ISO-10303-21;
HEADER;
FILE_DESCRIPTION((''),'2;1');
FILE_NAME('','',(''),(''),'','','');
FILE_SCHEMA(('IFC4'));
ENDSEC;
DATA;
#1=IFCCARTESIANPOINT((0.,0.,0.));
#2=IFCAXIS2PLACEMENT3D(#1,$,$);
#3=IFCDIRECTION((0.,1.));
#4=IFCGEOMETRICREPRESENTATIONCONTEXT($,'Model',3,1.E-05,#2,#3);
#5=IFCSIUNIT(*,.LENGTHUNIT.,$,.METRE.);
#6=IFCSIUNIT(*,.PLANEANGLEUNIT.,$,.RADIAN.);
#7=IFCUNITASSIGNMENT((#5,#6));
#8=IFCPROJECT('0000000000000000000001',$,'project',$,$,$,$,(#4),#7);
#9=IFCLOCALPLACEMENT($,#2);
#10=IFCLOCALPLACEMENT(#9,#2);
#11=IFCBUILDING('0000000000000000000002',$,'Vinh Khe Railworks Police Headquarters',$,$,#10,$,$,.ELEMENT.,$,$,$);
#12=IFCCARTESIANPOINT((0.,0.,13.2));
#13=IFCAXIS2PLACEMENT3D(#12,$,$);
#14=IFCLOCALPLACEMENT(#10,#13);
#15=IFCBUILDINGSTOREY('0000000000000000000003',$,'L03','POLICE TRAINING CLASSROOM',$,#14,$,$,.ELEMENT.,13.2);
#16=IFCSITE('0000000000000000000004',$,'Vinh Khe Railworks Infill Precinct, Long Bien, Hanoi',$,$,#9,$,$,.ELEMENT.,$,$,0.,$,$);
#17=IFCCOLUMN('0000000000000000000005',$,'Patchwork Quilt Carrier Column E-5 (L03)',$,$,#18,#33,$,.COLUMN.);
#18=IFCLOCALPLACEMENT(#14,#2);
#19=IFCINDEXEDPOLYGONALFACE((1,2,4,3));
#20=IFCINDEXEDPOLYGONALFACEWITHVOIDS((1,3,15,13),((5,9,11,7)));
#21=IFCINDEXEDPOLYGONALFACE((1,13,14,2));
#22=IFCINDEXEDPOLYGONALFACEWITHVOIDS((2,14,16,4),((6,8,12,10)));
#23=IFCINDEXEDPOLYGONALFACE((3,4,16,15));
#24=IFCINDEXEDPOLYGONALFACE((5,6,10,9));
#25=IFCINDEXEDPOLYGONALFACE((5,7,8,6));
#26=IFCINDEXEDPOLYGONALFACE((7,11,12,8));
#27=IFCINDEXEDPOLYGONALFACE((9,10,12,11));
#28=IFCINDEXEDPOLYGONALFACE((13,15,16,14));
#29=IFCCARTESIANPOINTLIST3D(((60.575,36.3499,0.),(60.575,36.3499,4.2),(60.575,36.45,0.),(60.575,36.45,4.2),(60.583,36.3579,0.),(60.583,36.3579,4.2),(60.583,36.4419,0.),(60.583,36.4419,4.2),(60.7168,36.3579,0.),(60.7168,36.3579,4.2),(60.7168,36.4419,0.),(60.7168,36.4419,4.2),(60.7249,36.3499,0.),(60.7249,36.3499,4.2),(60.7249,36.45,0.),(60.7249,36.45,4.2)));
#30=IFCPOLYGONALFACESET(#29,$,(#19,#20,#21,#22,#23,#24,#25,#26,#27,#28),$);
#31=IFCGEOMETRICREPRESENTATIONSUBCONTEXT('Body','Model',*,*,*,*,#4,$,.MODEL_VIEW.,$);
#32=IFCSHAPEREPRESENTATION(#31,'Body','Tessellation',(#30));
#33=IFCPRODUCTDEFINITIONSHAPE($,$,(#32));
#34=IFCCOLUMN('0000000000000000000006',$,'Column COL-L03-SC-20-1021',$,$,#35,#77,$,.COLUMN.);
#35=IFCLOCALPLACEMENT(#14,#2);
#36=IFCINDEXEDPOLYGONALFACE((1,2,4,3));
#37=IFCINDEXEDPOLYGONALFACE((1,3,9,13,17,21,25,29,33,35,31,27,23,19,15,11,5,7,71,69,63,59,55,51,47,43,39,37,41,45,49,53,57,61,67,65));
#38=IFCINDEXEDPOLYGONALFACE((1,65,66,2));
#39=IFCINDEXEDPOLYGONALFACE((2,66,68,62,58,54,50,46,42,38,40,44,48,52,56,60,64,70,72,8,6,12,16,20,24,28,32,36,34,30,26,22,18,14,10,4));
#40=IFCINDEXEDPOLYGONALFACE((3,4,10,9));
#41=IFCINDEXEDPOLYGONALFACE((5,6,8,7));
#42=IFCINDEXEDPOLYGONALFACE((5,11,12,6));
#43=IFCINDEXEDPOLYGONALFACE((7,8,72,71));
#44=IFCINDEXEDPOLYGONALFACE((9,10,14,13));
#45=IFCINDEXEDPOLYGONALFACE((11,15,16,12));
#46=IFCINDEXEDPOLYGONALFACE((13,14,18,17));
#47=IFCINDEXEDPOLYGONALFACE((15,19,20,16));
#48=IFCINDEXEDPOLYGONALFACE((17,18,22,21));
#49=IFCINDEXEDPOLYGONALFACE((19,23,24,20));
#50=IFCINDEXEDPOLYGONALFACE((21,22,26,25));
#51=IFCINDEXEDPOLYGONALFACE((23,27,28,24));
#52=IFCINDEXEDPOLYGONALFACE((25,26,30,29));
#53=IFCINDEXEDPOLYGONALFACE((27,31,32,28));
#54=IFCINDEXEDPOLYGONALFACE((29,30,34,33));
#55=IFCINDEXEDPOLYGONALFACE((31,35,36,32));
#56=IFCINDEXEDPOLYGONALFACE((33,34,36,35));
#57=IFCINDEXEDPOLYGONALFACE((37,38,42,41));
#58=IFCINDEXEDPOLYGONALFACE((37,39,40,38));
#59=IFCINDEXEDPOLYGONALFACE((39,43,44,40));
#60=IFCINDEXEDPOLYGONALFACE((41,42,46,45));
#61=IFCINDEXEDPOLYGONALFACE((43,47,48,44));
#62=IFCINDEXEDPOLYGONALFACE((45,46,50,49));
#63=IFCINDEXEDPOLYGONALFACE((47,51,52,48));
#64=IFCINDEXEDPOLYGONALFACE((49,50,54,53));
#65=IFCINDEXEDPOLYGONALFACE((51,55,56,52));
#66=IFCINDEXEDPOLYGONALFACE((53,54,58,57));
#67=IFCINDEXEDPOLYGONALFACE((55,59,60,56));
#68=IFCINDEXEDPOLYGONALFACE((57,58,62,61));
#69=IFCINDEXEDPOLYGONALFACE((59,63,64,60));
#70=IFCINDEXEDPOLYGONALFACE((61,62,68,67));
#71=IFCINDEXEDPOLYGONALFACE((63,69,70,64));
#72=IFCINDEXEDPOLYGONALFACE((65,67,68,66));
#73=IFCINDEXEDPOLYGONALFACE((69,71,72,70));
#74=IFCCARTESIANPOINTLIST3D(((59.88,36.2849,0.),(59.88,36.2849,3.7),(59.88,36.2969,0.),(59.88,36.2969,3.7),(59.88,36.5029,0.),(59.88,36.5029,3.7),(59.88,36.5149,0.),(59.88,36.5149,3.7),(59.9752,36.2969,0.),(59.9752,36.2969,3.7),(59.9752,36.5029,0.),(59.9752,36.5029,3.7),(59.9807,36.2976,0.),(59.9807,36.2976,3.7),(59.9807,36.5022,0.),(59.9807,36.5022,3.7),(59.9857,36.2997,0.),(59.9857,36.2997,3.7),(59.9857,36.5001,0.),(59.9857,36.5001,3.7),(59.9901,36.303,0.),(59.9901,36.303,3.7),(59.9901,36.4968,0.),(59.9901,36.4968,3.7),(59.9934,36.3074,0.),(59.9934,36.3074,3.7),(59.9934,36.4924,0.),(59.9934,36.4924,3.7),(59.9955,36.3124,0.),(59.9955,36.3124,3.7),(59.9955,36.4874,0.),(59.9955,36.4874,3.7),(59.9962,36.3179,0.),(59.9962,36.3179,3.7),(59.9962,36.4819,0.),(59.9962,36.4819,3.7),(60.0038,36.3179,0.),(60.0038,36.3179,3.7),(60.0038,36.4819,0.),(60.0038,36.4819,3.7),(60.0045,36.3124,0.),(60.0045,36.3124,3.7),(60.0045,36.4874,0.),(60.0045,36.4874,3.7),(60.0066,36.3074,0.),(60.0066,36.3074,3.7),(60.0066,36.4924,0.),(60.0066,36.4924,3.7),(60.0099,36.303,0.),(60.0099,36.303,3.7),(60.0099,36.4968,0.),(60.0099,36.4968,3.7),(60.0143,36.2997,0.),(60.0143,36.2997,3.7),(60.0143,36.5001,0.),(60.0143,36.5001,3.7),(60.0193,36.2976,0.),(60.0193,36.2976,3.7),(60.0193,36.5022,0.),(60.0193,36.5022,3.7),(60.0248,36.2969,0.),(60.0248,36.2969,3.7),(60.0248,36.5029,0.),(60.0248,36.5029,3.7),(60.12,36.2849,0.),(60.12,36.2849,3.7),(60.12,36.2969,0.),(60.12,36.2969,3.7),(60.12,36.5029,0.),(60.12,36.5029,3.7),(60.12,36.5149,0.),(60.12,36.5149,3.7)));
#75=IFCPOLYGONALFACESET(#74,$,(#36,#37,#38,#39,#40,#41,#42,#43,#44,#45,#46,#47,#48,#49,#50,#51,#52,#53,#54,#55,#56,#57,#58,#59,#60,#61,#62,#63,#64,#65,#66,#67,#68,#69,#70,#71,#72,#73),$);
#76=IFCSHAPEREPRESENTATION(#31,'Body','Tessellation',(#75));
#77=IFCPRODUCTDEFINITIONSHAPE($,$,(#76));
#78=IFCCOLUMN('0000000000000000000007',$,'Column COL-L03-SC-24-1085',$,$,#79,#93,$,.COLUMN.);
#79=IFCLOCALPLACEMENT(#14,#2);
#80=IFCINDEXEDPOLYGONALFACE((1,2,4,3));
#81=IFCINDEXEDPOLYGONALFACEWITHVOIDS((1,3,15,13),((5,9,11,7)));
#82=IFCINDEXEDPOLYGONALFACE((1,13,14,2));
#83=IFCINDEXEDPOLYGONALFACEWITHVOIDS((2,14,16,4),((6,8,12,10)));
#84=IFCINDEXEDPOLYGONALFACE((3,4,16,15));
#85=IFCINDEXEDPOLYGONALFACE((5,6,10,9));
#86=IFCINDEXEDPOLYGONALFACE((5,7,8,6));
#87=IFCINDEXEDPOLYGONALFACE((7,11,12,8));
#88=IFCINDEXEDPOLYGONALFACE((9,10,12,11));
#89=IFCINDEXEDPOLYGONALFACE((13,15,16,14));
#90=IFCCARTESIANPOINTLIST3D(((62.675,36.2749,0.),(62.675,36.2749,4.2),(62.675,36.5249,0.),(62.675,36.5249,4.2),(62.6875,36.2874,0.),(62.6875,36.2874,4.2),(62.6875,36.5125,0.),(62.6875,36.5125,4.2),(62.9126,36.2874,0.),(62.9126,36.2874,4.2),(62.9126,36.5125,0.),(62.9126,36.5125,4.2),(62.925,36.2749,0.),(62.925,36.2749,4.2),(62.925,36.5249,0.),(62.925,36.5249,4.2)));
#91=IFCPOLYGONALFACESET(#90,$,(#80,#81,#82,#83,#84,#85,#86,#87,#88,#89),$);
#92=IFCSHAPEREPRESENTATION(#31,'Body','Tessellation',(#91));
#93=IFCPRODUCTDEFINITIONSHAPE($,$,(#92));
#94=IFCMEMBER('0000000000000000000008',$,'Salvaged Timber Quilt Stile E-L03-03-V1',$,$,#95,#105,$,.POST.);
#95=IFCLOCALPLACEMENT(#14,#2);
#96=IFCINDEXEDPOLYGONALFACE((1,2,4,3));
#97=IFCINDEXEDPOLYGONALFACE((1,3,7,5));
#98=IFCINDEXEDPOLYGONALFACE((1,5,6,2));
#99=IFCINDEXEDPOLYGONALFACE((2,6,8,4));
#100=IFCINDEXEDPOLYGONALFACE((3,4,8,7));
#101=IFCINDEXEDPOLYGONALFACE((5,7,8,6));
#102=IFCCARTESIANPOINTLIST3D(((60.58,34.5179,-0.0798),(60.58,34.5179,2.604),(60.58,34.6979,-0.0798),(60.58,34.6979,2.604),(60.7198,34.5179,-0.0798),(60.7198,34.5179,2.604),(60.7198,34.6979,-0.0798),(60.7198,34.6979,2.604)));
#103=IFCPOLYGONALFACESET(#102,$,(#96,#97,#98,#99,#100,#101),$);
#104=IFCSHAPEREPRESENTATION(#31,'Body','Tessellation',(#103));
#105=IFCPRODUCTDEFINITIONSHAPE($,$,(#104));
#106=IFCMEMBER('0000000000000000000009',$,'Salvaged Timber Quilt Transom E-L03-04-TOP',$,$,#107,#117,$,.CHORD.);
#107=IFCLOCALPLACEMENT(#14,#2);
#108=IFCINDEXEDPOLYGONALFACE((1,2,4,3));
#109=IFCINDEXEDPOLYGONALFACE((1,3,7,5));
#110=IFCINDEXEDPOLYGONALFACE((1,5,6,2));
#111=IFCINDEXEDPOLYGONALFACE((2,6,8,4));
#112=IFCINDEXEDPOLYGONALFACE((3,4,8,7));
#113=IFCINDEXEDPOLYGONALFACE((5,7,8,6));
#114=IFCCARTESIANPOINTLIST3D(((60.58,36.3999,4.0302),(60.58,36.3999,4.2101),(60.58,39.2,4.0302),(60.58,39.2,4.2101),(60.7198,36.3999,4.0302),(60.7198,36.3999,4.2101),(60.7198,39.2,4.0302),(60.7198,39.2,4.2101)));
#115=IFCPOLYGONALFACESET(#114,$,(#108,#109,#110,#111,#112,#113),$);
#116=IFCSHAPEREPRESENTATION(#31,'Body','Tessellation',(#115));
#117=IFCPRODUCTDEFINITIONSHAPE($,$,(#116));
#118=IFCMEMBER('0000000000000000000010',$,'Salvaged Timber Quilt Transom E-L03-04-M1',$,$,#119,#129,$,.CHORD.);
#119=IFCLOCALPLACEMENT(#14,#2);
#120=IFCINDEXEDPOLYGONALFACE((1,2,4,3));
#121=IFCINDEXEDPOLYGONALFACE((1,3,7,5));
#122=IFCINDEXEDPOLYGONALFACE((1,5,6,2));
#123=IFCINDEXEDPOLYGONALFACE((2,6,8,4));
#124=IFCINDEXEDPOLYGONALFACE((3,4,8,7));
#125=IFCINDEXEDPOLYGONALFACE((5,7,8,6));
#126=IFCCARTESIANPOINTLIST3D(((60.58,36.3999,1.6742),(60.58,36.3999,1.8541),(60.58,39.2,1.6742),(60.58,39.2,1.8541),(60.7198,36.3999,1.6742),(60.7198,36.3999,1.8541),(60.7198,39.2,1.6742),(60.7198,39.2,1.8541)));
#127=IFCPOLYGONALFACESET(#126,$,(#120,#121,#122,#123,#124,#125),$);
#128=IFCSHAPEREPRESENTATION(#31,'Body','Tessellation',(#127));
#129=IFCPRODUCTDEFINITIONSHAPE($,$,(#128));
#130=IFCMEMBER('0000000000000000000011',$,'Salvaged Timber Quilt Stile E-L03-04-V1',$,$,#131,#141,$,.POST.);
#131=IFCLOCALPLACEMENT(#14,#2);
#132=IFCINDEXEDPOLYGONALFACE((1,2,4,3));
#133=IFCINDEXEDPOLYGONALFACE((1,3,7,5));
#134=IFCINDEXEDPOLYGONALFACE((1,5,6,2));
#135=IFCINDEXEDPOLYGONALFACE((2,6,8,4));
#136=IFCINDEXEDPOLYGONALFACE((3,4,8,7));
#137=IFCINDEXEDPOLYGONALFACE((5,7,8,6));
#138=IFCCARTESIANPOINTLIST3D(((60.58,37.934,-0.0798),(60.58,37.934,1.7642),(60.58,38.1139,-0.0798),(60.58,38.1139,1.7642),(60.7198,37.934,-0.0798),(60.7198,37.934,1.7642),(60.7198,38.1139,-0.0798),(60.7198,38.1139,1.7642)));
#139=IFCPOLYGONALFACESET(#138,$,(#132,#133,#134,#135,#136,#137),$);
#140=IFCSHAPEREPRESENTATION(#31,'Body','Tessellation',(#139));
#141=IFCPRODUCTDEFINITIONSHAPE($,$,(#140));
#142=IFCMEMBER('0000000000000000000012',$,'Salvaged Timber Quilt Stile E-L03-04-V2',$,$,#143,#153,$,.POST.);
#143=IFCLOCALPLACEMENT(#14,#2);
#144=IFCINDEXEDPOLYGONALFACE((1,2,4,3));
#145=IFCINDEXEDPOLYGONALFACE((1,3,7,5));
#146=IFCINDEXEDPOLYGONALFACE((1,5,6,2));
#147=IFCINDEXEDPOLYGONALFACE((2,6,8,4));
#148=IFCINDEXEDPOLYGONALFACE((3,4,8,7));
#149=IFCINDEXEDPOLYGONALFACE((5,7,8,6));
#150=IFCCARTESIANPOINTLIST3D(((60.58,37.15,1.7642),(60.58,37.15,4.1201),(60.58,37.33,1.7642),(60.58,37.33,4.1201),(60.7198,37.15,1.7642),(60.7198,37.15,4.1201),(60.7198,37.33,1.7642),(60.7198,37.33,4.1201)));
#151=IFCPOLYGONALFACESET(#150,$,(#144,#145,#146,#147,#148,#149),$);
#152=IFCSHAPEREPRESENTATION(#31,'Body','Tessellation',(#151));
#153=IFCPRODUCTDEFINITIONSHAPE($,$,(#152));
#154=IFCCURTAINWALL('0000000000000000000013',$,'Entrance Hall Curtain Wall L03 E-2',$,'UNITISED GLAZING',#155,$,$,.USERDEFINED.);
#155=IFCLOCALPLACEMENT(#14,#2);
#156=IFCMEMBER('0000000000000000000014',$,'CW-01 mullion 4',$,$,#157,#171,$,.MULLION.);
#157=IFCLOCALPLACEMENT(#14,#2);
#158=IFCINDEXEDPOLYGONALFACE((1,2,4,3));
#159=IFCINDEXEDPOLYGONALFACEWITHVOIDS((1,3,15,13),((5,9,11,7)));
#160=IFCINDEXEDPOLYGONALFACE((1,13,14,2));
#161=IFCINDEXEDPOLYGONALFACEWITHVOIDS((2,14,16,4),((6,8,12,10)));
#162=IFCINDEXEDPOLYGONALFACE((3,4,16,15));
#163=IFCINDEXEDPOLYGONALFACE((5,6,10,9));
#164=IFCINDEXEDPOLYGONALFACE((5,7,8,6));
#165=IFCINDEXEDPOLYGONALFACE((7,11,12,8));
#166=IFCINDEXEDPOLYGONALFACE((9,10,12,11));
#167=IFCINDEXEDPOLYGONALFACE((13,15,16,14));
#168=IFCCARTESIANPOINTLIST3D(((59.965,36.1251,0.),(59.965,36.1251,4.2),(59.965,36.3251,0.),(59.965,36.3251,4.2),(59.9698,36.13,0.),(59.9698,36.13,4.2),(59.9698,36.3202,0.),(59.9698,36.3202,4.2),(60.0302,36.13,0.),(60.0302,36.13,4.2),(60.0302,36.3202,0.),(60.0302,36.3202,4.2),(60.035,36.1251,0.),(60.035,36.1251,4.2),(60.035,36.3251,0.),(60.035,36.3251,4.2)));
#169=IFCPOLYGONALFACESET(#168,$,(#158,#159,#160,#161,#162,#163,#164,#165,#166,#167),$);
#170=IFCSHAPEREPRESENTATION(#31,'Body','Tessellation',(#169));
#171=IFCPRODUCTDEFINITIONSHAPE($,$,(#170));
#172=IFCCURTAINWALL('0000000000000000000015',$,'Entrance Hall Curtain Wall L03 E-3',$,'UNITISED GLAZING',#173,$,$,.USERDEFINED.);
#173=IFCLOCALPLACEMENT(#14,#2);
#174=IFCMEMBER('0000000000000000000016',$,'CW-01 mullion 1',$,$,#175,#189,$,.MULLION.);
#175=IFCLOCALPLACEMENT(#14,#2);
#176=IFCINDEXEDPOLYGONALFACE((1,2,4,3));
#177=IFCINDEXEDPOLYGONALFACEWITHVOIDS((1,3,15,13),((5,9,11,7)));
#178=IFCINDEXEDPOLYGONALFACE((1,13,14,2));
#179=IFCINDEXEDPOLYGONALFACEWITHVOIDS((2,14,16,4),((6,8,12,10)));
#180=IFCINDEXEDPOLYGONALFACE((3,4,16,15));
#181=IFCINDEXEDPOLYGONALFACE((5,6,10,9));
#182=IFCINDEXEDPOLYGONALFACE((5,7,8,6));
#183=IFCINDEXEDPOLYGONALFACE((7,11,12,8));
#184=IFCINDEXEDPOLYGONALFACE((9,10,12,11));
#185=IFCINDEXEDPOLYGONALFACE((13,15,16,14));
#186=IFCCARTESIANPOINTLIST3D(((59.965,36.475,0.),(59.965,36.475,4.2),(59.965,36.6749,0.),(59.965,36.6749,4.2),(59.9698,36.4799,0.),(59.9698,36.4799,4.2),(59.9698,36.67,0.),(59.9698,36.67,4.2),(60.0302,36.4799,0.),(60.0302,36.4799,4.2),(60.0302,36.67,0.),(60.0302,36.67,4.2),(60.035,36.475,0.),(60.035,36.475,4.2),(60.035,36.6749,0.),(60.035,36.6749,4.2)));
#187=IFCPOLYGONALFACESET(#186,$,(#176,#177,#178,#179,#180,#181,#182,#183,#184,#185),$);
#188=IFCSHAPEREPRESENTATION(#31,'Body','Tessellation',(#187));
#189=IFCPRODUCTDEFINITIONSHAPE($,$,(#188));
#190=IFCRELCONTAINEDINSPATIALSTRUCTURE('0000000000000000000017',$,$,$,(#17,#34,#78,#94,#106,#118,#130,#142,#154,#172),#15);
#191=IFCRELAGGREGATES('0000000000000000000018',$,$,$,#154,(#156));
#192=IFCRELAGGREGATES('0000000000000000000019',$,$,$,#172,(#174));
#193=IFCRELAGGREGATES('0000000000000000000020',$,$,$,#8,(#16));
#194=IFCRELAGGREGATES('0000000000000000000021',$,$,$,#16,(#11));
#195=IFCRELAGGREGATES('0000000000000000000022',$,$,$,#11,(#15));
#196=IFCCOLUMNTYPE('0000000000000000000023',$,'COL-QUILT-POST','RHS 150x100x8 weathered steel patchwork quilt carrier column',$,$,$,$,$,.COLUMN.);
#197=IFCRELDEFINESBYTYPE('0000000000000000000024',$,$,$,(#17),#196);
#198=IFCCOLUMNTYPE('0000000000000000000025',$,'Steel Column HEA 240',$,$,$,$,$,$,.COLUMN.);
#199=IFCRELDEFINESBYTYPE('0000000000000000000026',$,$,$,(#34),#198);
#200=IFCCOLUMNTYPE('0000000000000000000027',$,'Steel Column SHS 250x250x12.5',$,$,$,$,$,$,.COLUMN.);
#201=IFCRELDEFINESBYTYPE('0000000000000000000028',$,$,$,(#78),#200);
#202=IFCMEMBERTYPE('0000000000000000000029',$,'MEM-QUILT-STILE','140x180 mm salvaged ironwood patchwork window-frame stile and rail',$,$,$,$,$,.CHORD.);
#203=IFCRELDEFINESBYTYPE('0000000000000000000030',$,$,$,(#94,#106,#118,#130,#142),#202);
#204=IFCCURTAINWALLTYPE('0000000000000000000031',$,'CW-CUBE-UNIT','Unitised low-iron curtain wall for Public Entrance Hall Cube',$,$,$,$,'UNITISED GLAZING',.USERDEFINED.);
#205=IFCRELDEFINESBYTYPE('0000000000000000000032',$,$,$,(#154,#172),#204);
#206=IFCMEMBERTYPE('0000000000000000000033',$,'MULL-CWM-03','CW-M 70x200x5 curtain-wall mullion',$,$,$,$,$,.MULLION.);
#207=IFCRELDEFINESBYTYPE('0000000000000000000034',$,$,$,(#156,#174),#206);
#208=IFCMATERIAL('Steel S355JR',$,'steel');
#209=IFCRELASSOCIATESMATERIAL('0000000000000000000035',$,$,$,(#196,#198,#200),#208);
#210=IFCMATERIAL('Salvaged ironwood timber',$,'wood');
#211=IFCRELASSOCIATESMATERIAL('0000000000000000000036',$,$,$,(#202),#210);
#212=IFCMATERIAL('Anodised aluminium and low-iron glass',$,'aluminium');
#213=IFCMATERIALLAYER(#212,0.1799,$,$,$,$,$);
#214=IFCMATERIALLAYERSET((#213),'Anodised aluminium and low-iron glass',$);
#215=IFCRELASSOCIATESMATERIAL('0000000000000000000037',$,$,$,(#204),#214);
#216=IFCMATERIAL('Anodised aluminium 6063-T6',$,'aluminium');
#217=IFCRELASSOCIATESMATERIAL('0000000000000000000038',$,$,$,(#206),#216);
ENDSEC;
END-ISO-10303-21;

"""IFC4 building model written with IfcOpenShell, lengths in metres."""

from ifc_helpers import new_model, si_unit, direction, frame, origin, origin_2d, place, context, subcontext, project, spatial, rectangle, hollow_rectangle, i_section, extrude, material, layer, layer_set, material_profile, profile_set, type_object, element, aggregate, save


model = new_model("IFC4")

# Units and contexts
model_context = context("Model", 3, precision=1e-05, world=origin(), true_north=direction((0.0, 1.0)))
body_context = subcontext(model_context, "Body", "Model", "MODEL_VIEW")
ifc_project = project(units=[si_unit("LENGTHUNIT", "METRE"), si_unit("PLANEANGLEUNIT", "RADIAN")], contexts=[model_context])

# Site, building, storey
site_placement = place(None, origin())
site = spatial("IfcSite", under=ifc_project, at=site_placement, Name="Vinh Khe Railworks Infill Precinct, Long Bien, Hanoi", CompositionType="ELEMENT", RefElevation=0.0)
building_placement = place(site_placement, origin())
building = spatial("IfcBuilding", under=site, at=building_placement, Name="Vinh Khe Railworks Police Headquarters", CompositionType="ELEMENT")
storey_placement = place(building_placement, frame((0.0, 0.0, 13.2)))
storey = spatial("IfcBuildingStorey", under=building, at=storey_placement, Name="L03", Description="POLICE TRAINING CLASSROOM", CompositionType="ELEMENT", Elevation=13.2)

# Columns
ifc_material_1 = material(Name="Steel S355JR", Category="steel")
ifc_material_profile_1 = material_profile(ifc_material_1, hollow_rectangle(XDim=0.1499, YDim=0.1001, WallThickness=0.0081, at=origin_2d()), Name="RHS 150x100x8")
ifc_profile_set_1 = profile_set([ifc_material_profile_1], Name="Steel S355JR")
column_type_1 = type_object("IfcColumnType", Name="COL-QUILT-POST", Description="RHS 150x100x8 weathered steel patchwork quilt carrier column", PredefinedType="COLUMN", material=ifc_profile_set_1)
column_1_placement = place(storey_placement, frame((60.6499, 36.3999, 0.0), z_axis=(0.0, 0.0, 1.0), x_axis=(1.0, 0.0, 0.0)))
element("IfcColumn", 1, at=column_1_placement, inside=storey, type_object=column_type_1, Name="Patchwork Quilt Carrier Column E-5 (L03)", PredefinedType="COLUMN", context=body_context, shape_type="SweptSolid", body=[
    extrude(hollow_rectangle(XDim=0.1499, YDim=0.1001, WallThickness=0.0081, at=origin_2d()), origin(), (0.0, 0.0, 1.0), 4.2),
])
ifc_material_profile_2 = material_profile(ifc_material_1, i_section(OverallWidth=0.24, OverallDepth=0.23, WebThickness=0.0076, FlangeThickness=0.012, FilletRadius=0.021, at=origin_2d()), Name="HEA 240")
ifc_profile_set_2 = profile_set([ifc_material_profile_2], Name="Steel S355JR")
column_type_2 = type_object("IfcColumnType", Name="Steel Column HEA 240", PredefinedType="COLUMN", material=ifc_profile_set_2)
column_2_placement = place(storey_placement, frame((60.0, 36.3999, 0.0), z_axis=(0.0, 0.0, 1.0), x_axis=(1.0, 0.0, 0.0)))
element("IfcColumn", 2, at=column_2_placement, inside=storey, type_object=column_type_2, Name="Column COL-L03-SC-20-1021", PredefinedType="COLUMN", context=body_context, shape_type="SweptSolid", body=[
    extrude(i_section(OverallWidth=0.24, OverallDepth=0.23, WebThickness=0.0076, FlangeThickness=0.012, FilletRadius=0.021, at=origin_2d()), origin(), (0.0, 0.0, 1.0), 3.7),
])
ifc_material_profile_3 = material_profile(ifc_material_1, hollow_rectangle(XDim=0.25, YDim=0.25, WallThickness=0.0125, at=origin_2d()), Name="SHS 250x250x12.5")
ifc_profile_set_3 = profile_set([ifc_material_profile_3], Name="Steel S355JR")
column_type_3 = type_object("IfcColumnType", Name="Steel Column SHS 250x250x12.5", PredefinedType="COLUMN", material=ifc_profile_set_3)
column_3_placement = place(storey_placement, frame((62.8, 36.3999, 0.0), z_axis=(0.0, 0.0, 1.0), x_axis=(1.0, 0.0, 0.0)))
element("IfcColumn", 3, at=column_3_placement, inside=storey, type_object=column_type_3, Name="Column COL-L03-SC-24-1085", PredefinedType="COLUMN", context=body_context, shape_type="SweptSolid", body=[
    extrude(hollow_rectangle(XDim=0.25, YDim=0.25, WallThickness=0.0125, at=origin_2d()), origin(), (0.0, 0.0, 1.0), 4.2),
])

# Members
ifc_material_2 = material(Name="Salvaged ironwood timber", Category="wood")
ifc_material_profile_4 = material_profile(ifc_material_2, rectangle(XDim=0.1399, YDim=0.1799, at=origin_2d()), Name="TIMBER 140x180")
ifc_profile_set_4 = profile_set([ifc_material_profile_4], Name="Salvaged ironwood timber")
member_type_1 = type_object("IfcMemberType", Name="MEM-QUILT-STILE", Description="140x180 mm salvaged ironwood patchwork window-frame stile and rail", PredefinedType="CHORD", material=ifc_profile_set_4)
member_1_placement = place(storey_placement, frame((60.6499, 34.6079, -0.0798), z_axis=(0.0, 0.0, 1.0), x_axis=(1.0, 0.0, 0.0)))
element("IfcMember", 4, at=member_1_placement, inside=storey, type_object=member_type_1, Name="Salvaged Timber Quilt Stile E-L03-03-V1", PredefinedType="POST", context=body_context, shape_type="SweptSolid", body=[
    extrude(rectangle(XDim=0.1399, YDim=0.1799, at=origin_2d()), origin(), (0.0, 0.0, 1.0), 2.6838),
])
for number, where, z_axis, x_axis, name in (
    (5, (60.6499, 36.3999, 4.1201), (0.0, 1.0, 0.0), (-1.0, 0.0, 0.0), "Salvaged Timber Quilt Transom E-L03-04-TOP"),
    (6, (60.6499, 36.3999, 1.7642), (0.0, 1.0, 0.0), (-1.0, 0.0, 0.0), "Salvaged Timber Quilt Transom E-L03-04-M1"),
):
    element("IfcMember", number, at=place(storey_placement, frame(where, z_axis=z_axis, x_axis=x_axis)), inside=storey, type_object=member_type_1, Name=name, PredefinedType="CHORD", context=body_context, shape_type="SweptSolid", body=[
        extrude(rectangle(XDim=0.1399, YDim=0.1799, at=origin_2d()), origin(), (0.0, 0.0, 1.0), 2.8),
    ])
member_2_placement = place(storey_placement, frame((60.6499, 38.0239, -0.0798), z_axis=(0.0, 0.0, 1.0), x_axis=(1.0, 0.0, 0.0)))
element("IfcMember", 7, at=member_2_placement, inside=storey, type_object=member_type_1, Name="Salvaged Timber Quilt Stile E-L03-04-V1", PredefinedType="POST", context=body_context, shape_type="SweptSolid", body=[
    extrude(rectangle(XDim=0.1399, YDim=0.1799, at=origin_2d()), origin(), (0.0, 0.0, 1.0), 1.844),
])
member_3_placement = place(storey_placement, frame((60.6499, 37.24, 1.7642), z_axis=(0.0, 0.0, 1.0), x_axis=(1.0, 0.0, 0.0)))
element("IfcMember", 8, at=member_3_placement, inside=storey, type_object=member_type_1, Name="Salvaged Timber Quilt Stile E-L03-04-V2", PredefinedType="POST", context=body_context, shape_type="SweptSolid", body=[
    extrude(rectangle(XDim=0.1399, YDim=0.1799, at=origin_2d()), origin(), (0.0, 0.0, 1.0), 2.356),
])

# Curtain wall, member
ifc_material_3 = material(Name="Anodised aluminium and low-iron glass", Category="aluminium")
ifc_layer_1 = layer(ifc_material_3, 0.1799)
ifc_layer_set_1 = layer_set([ifc_layer_1], Name="Anodised aluminium and low-iron glass")
curtain_wall_type = type_object("IfcCurtainWallType", Name="CW-CUBE-UNIT", Description="Unitised low-iron curtain wall for Public Entrance Hall Cube", ElementType="UNITISED GLAZING", PredefinedType="USERDEFINED", material=ifc_layer_set_1)
curtain_wall_1_placement = place(storey_placement, origin())
curtain_wall_1 = element("IfcCurtainWall", 9, at=curtain_wall_1_placement, inside=storey, type_object=curtain_wall_type, Name="Entrance Hall Curtain Wall L03 E-2", ObjectType="UNITISED GLAZING", PredefinedType="USERDEFINED")
ifc_material_4 = material(Name="Anodised aluminium 6063-T6", Category="aluminium")
ifc_material_profile_5 = material_profile(ifc_material_4, hollow_rectangle(XDim=0.0701, YDim=0.2, WallThickness=0.0049, at=origin_2d()), Name="CW-M 70x200x5")
ifc_profile_set_5 = profile_set([ifc_material_profile_5], Name="Anodised aluminium 6063-T6")
member_type_2 = type_object("IfcMemberType", Name="MULL-CWM-03", Description="CW-M 70x200x5 curtain-wall mullion", PredefinedType="MULLION", material=ifc_profile_set_5)
member_4_placement = place(storey_placement, frame((60.0, 36.2251, 0.0), z_axis=(0.0, 0.0, 1.0), x_axis=(-1.0, 0.0, 0.0)))
member_4 = element("IfcMember", 10, at=member_4_placement, type_object=member_type_2, Name="CW-01 mullion 4", PredefinedType="MULLION", context=body_context, shape_type="SweptSolid", body=[
    extrude(hollow_rectangle(XDim=0.0701, YDim=0.2, WallThickness=0.0049, at=origin_2d()), origin(), (0.0, 0.0, 1.0), 4.2),
])

# Curtain wall, member
curtain_wall_2_placement = place(storey_placement, origin())
curtain_wall_2 = element("IfcCurtainWall", 11, at=curtain_wall_2_placement, inside=storey, type_object=curtain_wall_type, Name="Entrance Hall Curtain Wall L03 E-3", ObjectType="UNITISED GLAZING", PredefinedType="USERDEFINED")
member_5_placement = place(storey_placement, frame((60.0, 36.575, 0.0), z_axis=(0.0, 0.0, 1.0), x_axis=(-1.0, 0.0, 0.0)))
member_5 = element("IfcMember", 12, at=member_5_placement, type_object=member_type_2, Name="CW-01 mullion 1", PredefinedType="MULLION", context=body_context, shape_type="SweptSolid", body=[
    extrude(hollow_rectangle(XDim=0.0701, YDim=0.2, WallThickness=0.0049, at=origin_2d()), origin(), (0.0, 0.0, 1.0), 4.2),
])

aggregate(curtain_wall_1, [member_4])
aggregate(curtain_wall_2, [member_5])

save(model, "model.ifc")
